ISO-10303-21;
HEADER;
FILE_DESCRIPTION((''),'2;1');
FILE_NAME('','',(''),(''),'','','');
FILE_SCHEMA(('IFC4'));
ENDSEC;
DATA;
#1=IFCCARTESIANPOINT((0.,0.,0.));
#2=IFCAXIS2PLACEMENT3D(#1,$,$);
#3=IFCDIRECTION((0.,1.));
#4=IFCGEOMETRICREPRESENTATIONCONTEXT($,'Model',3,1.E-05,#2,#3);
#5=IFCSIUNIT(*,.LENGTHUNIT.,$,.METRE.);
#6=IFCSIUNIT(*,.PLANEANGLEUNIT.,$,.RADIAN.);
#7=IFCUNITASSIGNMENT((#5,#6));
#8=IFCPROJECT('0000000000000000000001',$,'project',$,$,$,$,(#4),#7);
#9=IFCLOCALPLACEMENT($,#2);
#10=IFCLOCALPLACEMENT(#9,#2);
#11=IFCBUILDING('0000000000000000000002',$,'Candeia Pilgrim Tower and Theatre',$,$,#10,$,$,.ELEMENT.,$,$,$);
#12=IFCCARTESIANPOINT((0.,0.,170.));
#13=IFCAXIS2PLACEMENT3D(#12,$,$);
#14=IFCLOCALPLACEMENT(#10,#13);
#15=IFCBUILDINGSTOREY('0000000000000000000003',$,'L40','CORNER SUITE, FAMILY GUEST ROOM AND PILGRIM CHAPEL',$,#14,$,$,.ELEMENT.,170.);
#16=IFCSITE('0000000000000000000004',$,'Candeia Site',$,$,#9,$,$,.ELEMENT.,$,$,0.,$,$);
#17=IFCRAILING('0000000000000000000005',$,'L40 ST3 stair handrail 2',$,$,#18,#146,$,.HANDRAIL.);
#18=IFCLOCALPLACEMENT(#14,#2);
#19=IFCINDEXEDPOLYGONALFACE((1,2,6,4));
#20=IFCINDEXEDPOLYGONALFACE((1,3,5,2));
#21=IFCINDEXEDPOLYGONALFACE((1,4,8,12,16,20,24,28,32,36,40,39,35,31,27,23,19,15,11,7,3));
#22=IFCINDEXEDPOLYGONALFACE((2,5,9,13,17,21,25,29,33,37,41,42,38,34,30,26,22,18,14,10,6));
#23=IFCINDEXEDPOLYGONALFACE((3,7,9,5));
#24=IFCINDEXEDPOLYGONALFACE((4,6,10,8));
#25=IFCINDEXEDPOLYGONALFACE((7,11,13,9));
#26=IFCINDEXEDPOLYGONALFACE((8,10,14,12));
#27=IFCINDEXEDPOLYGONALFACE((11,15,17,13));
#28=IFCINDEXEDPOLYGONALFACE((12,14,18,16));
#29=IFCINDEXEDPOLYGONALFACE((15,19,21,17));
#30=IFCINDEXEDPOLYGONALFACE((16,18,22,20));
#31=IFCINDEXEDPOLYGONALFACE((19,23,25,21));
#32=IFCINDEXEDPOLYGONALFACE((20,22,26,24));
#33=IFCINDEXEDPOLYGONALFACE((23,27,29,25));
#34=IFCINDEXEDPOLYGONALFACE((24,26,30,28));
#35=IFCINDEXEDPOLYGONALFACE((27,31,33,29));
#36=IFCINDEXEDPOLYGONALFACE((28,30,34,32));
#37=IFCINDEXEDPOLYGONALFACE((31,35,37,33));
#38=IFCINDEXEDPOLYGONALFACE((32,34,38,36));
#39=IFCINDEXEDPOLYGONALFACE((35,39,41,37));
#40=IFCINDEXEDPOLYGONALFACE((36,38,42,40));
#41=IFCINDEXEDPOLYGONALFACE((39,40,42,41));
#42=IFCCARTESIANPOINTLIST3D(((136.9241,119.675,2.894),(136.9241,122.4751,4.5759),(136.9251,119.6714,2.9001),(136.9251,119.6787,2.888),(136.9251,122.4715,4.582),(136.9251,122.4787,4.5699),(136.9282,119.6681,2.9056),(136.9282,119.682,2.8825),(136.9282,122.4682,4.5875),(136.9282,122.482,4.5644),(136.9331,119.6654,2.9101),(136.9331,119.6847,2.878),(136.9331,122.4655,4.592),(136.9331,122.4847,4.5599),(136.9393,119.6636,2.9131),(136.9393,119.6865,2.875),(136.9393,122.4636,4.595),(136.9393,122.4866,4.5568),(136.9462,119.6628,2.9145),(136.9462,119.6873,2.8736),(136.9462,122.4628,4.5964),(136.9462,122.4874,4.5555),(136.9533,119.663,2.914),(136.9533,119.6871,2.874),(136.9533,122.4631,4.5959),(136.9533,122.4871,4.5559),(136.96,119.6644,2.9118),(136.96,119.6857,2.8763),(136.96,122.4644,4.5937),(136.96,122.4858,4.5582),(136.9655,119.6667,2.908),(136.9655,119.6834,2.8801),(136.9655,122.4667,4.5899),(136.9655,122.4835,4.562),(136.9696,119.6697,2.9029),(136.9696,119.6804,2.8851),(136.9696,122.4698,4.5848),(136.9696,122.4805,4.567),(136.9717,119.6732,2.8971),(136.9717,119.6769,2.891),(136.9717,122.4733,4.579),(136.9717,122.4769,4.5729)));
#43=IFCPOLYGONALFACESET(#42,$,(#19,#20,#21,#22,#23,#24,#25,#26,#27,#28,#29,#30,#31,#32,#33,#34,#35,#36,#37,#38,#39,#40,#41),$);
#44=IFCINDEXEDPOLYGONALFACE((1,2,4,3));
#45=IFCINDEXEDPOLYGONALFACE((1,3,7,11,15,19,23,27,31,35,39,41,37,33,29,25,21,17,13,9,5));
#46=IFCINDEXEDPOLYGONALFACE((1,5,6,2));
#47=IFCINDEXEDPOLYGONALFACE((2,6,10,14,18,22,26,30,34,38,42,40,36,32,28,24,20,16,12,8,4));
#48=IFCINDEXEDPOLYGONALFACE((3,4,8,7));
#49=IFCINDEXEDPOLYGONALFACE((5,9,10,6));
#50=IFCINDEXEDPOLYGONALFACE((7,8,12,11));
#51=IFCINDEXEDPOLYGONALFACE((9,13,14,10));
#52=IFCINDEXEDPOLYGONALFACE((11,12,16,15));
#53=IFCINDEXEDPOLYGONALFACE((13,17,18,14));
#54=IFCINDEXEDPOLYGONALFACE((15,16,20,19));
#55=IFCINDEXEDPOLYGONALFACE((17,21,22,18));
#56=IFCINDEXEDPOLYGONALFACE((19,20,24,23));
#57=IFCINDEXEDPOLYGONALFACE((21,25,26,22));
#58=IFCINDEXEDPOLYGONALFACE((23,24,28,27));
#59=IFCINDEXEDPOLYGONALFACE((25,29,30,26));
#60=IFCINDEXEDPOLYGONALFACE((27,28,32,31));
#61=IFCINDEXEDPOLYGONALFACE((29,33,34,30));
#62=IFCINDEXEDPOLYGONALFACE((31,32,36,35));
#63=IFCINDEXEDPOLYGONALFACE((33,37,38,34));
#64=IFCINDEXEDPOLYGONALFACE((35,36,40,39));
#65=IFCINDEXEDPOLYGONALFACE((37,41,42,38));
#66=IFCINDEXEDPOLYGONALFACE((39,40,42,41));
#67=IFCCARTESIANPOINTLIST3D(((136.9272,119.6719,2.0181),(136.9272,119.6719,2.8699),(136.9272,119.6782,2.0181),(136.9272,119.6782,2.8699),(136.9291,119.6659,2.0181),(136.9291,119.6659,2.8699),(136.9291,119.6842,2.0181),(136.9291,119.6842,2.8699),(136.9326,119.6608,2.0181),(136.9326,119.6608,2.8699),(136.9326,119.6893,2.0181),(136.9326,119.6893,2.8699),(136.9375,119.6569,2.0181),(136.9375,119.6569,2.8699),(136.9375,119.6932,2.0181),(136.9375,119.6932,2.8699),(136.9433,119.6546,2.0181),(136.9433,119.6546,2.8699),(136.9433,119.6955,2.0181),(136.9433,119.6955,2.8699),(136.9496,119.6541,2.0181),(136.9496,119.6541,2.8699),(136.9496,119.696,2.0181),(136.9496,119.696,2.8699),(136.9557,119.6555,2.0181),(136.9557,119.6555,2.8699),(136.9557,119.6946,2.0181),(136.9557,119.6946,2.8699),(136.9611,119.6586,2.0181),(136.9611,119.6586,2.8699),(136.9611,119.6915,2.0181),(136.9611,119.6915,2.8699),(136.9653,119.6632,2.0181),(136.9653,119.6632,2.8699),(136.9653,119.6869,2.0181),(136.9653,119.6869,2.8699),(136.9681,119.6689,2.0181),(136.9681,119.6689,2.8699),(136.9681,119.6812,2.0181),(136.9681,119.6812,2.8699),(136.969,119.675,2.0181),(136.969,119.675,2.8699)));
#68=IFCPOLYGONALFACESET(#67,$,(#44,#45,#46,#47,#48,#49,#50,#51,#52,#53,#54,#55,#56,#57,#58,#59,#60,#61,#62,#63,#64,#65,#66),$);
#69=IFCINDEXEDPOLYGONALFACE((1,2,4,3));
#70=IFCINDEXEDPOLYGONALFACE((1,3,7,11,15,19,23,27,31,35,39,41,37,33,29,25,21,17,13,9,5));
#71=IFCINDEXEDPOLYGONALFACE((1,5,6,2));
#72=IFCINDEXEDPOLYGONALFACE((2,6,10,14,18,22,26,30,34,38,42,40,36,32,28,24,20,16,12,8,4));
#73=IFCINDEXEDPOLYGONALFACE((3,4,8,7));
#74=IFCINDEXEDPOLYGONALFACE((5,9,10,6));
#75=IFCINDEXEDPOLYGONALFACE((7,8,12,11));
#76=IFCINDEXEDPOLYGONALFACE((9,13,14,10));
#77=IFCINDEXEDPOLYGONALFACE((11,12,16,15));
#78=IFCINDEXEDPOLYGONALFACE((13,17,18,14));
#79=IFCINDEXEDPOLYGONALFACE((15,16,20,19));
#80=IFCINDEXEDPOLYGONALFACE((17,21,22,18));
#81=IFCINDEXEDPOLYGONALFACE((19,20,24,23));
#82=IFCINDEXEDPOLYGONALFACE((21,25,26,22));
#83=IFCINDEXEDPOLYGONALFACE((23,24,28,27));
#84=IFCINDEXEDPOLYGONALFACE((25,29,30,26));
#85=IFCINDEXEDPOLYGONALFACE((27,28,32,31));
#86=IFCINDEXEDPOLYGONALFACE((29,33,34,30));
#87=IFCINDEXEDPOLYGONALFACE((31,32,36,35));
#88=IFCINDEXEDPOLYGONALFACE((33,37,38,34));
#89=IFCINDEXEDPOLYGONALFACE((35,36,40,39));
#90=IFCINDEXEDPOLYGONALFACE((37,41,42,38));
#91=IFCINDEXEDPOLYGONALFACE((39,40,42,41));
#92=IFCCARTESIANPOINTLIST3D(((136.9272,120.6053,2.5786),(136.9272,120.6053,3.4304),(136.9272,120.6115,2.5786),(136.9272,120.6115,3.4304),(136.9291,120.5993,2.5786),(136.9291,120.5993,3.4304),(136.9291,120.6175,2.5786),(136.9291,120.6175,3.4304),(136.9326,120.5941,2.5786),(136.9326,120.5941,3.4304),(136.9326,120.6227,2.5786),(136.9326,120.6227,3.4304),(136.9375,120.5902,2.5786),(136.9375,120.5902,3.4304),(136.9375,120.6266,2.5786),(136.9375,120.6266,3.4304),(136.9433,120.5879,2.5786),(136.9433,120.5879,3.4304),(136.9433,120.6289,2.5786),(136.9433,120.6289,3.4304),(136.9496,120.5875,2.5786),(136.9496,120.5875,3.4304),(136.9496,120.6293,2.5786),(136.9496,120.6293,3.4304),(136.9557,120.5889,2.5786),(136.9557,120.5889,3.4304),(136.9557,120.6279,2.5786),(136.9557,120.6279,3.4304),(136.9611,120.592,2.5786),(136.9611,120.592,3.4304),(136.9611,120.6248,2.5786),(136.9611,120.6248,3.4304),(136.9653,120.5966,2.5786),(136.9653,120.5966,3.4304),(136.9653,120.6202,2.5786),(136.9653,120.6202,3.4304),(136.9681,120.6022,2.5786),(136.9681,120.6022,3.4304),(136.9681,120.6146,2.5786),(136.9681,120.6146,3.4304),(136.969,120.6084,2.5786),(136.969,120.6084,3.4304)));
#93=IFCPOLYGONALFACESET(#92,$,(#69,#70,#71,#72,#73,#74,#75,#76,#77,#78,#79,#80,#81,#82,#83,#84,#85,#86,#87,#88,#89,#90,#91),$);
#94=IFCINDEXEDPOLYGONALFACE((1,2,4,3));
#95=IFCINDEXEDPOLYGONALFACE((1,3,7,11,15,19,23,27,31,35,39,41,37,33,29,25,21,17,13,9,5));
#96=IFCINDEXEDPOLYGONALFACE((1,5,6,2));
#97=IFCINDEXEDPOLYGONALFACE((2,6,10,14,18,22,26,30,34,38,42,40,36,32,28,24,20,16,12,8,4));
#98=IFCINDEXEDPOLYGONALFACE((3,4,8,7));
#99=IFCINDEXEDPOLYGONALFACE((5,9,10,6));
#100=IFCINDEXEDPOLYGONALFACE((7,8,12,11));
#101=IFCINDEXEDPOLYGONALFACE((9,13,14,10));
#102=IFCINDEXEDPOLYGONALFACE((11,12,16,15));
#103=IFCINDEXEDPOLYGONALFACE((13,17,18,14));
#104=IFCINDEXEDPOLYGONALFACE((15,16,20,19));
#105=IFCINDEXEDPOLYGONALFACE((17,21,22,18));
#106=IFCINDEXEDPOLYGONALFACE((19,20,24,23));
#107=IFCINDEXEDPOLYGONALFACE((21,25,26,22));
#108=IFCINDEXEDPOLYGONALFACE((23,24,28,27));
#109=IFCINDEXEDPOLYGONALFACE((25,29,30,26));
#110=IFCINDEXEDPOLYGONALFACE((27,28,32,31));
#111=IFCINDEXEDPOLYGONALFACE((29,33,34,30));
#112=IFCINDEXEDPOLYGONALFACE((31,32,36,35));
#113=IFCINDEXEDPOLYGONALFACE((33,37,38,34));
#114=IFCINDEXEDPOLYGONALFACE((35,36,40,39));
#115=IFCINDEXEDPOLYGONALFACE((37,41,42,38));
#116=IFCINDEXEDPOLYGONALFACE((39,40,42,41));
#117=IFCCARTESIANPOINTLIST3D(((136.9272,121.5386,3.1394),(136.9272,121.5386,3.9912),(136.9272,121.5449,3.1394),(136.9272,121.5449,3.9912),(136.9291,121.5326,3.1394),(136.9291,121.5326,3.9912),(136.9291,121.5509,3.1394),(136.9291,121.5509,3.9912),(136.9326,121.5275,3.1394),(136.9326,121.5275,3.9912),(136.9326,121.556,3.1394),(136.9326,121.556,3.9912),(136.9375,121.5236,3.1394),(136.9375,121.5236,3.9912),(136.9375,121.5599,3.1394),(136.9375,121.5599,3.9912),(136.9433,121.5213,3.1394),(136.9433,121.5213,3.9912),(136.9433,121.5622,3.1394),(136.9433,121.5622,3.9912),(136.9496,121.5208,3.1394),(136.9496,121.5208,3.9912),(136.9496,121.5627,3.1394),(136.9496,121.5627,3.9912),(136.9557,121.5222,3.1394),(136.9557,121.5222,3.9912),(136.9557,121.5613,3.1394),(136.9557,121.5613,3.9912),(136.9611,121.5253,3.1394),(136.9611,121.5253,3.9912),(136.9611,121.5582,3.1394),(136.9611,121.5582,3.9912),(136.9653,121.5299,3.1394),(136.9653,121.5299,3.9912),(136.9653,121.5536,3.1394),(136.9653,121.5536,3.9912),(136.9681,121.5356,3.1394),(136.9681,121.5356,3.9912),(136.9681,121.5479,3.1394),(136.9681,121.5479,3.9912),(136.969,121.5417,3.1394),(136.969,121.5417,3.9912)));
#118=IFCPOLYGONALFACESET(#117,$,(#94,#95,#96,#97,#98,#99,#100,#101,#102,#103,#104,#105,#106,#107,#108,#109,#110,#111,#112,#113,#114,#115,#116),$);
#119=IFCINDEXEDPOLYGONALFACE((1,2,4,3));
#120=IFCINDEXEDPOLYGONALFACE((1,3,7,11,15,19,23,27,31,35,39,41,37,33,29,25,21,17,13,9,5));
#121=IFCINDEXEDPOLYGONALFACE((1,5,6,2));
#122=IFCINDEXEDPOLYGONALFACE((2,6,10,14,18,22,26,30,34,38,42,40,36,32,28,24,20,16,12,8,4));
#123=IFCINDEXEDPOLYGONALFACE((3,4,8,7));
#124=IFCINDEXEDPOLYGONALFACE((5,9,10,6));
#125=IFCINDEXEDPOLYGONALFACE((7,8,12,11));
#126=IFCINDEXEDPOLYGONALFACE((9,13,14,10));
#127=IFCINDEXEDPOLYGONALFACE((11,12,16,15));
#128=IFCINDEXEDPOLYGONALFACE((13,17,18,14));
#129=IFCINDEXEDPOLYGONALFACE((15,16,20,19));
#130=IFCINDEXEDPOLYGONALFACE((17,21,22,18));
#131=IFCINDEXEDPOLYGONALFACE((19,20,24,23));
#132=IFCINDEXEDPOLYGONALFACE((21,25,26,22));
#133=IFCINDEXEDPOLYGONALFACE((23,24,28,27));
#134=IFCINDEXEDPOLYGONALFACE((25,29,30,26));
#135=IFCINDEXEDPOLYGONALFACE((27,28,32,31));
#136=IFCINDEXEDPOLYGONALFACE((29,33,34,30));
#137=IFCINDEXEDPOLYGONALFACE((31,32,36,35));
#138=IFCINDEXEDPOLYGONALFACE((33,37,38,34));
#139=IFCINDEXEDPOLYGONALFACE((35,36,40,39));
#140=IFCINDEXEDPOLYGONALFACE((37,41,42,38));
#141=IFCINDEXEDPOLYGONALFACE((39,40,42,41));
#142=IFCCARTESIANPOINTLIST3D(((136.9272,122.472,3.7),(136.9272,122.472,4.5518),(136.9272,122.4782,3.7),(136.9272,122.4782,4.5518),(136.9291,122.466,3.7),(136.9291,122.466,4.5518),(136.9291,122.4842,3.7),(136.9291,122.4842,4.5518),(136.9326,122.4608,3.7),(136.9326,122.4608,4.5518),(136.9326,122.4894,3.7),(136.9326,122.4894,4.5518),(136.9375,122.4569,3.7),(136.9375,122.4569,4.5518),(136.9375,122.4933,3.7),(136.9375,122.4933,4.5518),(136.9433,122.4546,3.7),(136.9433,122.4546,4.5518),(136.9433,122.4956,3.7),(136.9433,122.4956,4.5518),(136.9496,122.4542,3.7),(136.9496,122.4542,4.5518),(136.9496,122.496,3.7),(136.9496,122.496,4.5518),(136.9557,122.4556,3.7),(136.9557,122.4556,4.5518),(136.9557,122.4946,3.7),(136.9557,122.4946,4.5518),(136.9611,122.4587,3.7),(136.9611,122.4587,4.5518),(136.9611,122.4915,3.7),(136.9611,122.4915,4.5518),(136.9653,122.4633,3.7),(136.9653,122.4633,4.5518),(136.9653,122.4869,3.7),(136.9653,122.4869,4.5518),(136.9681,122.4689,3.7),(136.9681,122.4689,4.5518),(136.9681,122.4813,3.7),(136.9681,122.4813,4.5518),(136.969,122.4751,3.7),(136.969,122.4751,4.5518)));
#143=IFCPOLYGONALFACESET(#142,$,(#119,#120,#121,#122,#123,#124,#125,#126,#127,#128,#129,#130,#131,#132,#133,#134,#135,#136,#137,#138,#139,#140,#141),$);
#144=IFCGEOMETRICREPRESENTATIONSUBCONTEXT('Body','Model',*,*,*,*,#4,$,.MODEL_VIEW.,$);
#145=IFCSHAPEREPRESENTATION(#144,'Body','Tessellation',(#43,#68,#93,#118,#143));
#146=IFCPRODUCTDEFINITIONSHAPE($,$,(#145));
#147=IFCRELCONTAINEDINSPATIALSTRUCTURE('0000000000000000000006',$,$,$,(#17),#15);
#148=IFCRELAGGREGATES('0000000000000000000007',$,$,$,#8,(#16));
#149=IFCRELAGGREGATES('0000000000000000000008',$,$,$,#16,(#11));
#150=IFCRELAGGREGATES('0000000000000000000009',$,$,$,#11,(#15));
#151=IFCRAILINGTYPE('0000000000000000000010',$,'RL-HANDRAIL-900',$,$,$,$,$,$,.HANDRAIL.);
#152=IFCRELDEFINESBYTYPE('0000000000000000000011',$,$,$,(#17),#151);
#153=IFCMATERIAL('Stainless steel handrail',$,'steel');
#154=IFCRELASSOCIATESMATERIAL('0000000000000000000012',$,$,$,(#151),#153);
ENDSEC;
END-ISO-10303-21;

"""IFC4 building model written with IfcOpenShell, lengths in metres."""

from ifc_helpers import new_model, si_unit, direction, frame, origin, origin_2d, place, context, subcontext, project, spatial, circle, extrude, material, type_object, element, save


model = new_model("IFC4")

# Units and contexts
model_context = context("Model", 3, precision=1e-05, world=origin(), true_north=direction((0.0, 1.0)))
body_context = subcontext(model_context, "Body", "Model", "MODEL_VIEW")
ifc_project = project(units=[si_unit("LENGTHUNIT", "METRE"), si_unit("PLANEANGLEUNIT", "RADIAN")], contexts=[model_context])

# Site, building, storey
site_placement = place(None, origin())
site = spatial("IfcSite", under=ifc_project, at=site_placement, Name="Candeia Site", CompositionType="ELEMENT", RefElevation=0.0)
building_placement = place(site_placement, origin())
building = spatial("IfcBuilding", under=site, at=building_placement, Name="Candeia Pilgrim Tower and Theatre", CompositionType="ELEMENT")
storey_placement = place(building_placement, frame((0.0, 0.0, 170.0)))
storey = spatial("IfcBuildingStorey", under=building, at=storey_placement, Name="L40", Description="CORNER SUITE, FAMILY GUEST ROOM AND PILGRIM CHAPEL", CompositionType="ELEMENT", Elevation=170.0)

# Railing
ifc_material_1 = material(Name="Stainless steel handrail", Category="steel")
railing_type_1 = type_object("IfcRailingType", Name="RL-HANDRAIL-900", PredefinedType="HANDRAIL", material=ifc_material_1)
railing_1_placement = place(storey_placement, frame((136.948, 119.675, 2.0181)))
element("IfcRailing", 1, at=railing_1_placement, inside=storey, type_object=railing_type_1, Name="L40 ST3 stair handrail 2", PredefinedType="HANDRAIL", context=body_context, shape_type="SweptSolid", body=[
    extrude(circle(Radius=0.0239, at=origin_2d()), frame((0.0, 0.0, 0.876), z_axis=(0.0, 0.857242, 0.514913), x_axis=(-1.0, 0.0, 0.0)), (0.0, 0.0, 1.0), 3.2664),
    extrude(circle(Radius=0.021, at=origin_2d()), origin(), (0.0, 0.0, 1.0), 0.8518),
    extrude(circle(Radius=0.021, at=origin_2d()), frame((0.0, 0.9333, 0.5605)), (0.0, 0.0, 1.0), 0.8518),
    extrude(circle(Radius=0.021, at=origin_2d()), frame((0.0, 1.8667, 1.1213)), (0.0, 0.0, 1.0), 0.8518),
    extrude(circle(Radius=0.021, at=origin_2d()), frame((0.0, 2.8, 1.6819)), (0.0, 0.0, 1.0), 0.8518),
])

save(model, "model.ifc")
